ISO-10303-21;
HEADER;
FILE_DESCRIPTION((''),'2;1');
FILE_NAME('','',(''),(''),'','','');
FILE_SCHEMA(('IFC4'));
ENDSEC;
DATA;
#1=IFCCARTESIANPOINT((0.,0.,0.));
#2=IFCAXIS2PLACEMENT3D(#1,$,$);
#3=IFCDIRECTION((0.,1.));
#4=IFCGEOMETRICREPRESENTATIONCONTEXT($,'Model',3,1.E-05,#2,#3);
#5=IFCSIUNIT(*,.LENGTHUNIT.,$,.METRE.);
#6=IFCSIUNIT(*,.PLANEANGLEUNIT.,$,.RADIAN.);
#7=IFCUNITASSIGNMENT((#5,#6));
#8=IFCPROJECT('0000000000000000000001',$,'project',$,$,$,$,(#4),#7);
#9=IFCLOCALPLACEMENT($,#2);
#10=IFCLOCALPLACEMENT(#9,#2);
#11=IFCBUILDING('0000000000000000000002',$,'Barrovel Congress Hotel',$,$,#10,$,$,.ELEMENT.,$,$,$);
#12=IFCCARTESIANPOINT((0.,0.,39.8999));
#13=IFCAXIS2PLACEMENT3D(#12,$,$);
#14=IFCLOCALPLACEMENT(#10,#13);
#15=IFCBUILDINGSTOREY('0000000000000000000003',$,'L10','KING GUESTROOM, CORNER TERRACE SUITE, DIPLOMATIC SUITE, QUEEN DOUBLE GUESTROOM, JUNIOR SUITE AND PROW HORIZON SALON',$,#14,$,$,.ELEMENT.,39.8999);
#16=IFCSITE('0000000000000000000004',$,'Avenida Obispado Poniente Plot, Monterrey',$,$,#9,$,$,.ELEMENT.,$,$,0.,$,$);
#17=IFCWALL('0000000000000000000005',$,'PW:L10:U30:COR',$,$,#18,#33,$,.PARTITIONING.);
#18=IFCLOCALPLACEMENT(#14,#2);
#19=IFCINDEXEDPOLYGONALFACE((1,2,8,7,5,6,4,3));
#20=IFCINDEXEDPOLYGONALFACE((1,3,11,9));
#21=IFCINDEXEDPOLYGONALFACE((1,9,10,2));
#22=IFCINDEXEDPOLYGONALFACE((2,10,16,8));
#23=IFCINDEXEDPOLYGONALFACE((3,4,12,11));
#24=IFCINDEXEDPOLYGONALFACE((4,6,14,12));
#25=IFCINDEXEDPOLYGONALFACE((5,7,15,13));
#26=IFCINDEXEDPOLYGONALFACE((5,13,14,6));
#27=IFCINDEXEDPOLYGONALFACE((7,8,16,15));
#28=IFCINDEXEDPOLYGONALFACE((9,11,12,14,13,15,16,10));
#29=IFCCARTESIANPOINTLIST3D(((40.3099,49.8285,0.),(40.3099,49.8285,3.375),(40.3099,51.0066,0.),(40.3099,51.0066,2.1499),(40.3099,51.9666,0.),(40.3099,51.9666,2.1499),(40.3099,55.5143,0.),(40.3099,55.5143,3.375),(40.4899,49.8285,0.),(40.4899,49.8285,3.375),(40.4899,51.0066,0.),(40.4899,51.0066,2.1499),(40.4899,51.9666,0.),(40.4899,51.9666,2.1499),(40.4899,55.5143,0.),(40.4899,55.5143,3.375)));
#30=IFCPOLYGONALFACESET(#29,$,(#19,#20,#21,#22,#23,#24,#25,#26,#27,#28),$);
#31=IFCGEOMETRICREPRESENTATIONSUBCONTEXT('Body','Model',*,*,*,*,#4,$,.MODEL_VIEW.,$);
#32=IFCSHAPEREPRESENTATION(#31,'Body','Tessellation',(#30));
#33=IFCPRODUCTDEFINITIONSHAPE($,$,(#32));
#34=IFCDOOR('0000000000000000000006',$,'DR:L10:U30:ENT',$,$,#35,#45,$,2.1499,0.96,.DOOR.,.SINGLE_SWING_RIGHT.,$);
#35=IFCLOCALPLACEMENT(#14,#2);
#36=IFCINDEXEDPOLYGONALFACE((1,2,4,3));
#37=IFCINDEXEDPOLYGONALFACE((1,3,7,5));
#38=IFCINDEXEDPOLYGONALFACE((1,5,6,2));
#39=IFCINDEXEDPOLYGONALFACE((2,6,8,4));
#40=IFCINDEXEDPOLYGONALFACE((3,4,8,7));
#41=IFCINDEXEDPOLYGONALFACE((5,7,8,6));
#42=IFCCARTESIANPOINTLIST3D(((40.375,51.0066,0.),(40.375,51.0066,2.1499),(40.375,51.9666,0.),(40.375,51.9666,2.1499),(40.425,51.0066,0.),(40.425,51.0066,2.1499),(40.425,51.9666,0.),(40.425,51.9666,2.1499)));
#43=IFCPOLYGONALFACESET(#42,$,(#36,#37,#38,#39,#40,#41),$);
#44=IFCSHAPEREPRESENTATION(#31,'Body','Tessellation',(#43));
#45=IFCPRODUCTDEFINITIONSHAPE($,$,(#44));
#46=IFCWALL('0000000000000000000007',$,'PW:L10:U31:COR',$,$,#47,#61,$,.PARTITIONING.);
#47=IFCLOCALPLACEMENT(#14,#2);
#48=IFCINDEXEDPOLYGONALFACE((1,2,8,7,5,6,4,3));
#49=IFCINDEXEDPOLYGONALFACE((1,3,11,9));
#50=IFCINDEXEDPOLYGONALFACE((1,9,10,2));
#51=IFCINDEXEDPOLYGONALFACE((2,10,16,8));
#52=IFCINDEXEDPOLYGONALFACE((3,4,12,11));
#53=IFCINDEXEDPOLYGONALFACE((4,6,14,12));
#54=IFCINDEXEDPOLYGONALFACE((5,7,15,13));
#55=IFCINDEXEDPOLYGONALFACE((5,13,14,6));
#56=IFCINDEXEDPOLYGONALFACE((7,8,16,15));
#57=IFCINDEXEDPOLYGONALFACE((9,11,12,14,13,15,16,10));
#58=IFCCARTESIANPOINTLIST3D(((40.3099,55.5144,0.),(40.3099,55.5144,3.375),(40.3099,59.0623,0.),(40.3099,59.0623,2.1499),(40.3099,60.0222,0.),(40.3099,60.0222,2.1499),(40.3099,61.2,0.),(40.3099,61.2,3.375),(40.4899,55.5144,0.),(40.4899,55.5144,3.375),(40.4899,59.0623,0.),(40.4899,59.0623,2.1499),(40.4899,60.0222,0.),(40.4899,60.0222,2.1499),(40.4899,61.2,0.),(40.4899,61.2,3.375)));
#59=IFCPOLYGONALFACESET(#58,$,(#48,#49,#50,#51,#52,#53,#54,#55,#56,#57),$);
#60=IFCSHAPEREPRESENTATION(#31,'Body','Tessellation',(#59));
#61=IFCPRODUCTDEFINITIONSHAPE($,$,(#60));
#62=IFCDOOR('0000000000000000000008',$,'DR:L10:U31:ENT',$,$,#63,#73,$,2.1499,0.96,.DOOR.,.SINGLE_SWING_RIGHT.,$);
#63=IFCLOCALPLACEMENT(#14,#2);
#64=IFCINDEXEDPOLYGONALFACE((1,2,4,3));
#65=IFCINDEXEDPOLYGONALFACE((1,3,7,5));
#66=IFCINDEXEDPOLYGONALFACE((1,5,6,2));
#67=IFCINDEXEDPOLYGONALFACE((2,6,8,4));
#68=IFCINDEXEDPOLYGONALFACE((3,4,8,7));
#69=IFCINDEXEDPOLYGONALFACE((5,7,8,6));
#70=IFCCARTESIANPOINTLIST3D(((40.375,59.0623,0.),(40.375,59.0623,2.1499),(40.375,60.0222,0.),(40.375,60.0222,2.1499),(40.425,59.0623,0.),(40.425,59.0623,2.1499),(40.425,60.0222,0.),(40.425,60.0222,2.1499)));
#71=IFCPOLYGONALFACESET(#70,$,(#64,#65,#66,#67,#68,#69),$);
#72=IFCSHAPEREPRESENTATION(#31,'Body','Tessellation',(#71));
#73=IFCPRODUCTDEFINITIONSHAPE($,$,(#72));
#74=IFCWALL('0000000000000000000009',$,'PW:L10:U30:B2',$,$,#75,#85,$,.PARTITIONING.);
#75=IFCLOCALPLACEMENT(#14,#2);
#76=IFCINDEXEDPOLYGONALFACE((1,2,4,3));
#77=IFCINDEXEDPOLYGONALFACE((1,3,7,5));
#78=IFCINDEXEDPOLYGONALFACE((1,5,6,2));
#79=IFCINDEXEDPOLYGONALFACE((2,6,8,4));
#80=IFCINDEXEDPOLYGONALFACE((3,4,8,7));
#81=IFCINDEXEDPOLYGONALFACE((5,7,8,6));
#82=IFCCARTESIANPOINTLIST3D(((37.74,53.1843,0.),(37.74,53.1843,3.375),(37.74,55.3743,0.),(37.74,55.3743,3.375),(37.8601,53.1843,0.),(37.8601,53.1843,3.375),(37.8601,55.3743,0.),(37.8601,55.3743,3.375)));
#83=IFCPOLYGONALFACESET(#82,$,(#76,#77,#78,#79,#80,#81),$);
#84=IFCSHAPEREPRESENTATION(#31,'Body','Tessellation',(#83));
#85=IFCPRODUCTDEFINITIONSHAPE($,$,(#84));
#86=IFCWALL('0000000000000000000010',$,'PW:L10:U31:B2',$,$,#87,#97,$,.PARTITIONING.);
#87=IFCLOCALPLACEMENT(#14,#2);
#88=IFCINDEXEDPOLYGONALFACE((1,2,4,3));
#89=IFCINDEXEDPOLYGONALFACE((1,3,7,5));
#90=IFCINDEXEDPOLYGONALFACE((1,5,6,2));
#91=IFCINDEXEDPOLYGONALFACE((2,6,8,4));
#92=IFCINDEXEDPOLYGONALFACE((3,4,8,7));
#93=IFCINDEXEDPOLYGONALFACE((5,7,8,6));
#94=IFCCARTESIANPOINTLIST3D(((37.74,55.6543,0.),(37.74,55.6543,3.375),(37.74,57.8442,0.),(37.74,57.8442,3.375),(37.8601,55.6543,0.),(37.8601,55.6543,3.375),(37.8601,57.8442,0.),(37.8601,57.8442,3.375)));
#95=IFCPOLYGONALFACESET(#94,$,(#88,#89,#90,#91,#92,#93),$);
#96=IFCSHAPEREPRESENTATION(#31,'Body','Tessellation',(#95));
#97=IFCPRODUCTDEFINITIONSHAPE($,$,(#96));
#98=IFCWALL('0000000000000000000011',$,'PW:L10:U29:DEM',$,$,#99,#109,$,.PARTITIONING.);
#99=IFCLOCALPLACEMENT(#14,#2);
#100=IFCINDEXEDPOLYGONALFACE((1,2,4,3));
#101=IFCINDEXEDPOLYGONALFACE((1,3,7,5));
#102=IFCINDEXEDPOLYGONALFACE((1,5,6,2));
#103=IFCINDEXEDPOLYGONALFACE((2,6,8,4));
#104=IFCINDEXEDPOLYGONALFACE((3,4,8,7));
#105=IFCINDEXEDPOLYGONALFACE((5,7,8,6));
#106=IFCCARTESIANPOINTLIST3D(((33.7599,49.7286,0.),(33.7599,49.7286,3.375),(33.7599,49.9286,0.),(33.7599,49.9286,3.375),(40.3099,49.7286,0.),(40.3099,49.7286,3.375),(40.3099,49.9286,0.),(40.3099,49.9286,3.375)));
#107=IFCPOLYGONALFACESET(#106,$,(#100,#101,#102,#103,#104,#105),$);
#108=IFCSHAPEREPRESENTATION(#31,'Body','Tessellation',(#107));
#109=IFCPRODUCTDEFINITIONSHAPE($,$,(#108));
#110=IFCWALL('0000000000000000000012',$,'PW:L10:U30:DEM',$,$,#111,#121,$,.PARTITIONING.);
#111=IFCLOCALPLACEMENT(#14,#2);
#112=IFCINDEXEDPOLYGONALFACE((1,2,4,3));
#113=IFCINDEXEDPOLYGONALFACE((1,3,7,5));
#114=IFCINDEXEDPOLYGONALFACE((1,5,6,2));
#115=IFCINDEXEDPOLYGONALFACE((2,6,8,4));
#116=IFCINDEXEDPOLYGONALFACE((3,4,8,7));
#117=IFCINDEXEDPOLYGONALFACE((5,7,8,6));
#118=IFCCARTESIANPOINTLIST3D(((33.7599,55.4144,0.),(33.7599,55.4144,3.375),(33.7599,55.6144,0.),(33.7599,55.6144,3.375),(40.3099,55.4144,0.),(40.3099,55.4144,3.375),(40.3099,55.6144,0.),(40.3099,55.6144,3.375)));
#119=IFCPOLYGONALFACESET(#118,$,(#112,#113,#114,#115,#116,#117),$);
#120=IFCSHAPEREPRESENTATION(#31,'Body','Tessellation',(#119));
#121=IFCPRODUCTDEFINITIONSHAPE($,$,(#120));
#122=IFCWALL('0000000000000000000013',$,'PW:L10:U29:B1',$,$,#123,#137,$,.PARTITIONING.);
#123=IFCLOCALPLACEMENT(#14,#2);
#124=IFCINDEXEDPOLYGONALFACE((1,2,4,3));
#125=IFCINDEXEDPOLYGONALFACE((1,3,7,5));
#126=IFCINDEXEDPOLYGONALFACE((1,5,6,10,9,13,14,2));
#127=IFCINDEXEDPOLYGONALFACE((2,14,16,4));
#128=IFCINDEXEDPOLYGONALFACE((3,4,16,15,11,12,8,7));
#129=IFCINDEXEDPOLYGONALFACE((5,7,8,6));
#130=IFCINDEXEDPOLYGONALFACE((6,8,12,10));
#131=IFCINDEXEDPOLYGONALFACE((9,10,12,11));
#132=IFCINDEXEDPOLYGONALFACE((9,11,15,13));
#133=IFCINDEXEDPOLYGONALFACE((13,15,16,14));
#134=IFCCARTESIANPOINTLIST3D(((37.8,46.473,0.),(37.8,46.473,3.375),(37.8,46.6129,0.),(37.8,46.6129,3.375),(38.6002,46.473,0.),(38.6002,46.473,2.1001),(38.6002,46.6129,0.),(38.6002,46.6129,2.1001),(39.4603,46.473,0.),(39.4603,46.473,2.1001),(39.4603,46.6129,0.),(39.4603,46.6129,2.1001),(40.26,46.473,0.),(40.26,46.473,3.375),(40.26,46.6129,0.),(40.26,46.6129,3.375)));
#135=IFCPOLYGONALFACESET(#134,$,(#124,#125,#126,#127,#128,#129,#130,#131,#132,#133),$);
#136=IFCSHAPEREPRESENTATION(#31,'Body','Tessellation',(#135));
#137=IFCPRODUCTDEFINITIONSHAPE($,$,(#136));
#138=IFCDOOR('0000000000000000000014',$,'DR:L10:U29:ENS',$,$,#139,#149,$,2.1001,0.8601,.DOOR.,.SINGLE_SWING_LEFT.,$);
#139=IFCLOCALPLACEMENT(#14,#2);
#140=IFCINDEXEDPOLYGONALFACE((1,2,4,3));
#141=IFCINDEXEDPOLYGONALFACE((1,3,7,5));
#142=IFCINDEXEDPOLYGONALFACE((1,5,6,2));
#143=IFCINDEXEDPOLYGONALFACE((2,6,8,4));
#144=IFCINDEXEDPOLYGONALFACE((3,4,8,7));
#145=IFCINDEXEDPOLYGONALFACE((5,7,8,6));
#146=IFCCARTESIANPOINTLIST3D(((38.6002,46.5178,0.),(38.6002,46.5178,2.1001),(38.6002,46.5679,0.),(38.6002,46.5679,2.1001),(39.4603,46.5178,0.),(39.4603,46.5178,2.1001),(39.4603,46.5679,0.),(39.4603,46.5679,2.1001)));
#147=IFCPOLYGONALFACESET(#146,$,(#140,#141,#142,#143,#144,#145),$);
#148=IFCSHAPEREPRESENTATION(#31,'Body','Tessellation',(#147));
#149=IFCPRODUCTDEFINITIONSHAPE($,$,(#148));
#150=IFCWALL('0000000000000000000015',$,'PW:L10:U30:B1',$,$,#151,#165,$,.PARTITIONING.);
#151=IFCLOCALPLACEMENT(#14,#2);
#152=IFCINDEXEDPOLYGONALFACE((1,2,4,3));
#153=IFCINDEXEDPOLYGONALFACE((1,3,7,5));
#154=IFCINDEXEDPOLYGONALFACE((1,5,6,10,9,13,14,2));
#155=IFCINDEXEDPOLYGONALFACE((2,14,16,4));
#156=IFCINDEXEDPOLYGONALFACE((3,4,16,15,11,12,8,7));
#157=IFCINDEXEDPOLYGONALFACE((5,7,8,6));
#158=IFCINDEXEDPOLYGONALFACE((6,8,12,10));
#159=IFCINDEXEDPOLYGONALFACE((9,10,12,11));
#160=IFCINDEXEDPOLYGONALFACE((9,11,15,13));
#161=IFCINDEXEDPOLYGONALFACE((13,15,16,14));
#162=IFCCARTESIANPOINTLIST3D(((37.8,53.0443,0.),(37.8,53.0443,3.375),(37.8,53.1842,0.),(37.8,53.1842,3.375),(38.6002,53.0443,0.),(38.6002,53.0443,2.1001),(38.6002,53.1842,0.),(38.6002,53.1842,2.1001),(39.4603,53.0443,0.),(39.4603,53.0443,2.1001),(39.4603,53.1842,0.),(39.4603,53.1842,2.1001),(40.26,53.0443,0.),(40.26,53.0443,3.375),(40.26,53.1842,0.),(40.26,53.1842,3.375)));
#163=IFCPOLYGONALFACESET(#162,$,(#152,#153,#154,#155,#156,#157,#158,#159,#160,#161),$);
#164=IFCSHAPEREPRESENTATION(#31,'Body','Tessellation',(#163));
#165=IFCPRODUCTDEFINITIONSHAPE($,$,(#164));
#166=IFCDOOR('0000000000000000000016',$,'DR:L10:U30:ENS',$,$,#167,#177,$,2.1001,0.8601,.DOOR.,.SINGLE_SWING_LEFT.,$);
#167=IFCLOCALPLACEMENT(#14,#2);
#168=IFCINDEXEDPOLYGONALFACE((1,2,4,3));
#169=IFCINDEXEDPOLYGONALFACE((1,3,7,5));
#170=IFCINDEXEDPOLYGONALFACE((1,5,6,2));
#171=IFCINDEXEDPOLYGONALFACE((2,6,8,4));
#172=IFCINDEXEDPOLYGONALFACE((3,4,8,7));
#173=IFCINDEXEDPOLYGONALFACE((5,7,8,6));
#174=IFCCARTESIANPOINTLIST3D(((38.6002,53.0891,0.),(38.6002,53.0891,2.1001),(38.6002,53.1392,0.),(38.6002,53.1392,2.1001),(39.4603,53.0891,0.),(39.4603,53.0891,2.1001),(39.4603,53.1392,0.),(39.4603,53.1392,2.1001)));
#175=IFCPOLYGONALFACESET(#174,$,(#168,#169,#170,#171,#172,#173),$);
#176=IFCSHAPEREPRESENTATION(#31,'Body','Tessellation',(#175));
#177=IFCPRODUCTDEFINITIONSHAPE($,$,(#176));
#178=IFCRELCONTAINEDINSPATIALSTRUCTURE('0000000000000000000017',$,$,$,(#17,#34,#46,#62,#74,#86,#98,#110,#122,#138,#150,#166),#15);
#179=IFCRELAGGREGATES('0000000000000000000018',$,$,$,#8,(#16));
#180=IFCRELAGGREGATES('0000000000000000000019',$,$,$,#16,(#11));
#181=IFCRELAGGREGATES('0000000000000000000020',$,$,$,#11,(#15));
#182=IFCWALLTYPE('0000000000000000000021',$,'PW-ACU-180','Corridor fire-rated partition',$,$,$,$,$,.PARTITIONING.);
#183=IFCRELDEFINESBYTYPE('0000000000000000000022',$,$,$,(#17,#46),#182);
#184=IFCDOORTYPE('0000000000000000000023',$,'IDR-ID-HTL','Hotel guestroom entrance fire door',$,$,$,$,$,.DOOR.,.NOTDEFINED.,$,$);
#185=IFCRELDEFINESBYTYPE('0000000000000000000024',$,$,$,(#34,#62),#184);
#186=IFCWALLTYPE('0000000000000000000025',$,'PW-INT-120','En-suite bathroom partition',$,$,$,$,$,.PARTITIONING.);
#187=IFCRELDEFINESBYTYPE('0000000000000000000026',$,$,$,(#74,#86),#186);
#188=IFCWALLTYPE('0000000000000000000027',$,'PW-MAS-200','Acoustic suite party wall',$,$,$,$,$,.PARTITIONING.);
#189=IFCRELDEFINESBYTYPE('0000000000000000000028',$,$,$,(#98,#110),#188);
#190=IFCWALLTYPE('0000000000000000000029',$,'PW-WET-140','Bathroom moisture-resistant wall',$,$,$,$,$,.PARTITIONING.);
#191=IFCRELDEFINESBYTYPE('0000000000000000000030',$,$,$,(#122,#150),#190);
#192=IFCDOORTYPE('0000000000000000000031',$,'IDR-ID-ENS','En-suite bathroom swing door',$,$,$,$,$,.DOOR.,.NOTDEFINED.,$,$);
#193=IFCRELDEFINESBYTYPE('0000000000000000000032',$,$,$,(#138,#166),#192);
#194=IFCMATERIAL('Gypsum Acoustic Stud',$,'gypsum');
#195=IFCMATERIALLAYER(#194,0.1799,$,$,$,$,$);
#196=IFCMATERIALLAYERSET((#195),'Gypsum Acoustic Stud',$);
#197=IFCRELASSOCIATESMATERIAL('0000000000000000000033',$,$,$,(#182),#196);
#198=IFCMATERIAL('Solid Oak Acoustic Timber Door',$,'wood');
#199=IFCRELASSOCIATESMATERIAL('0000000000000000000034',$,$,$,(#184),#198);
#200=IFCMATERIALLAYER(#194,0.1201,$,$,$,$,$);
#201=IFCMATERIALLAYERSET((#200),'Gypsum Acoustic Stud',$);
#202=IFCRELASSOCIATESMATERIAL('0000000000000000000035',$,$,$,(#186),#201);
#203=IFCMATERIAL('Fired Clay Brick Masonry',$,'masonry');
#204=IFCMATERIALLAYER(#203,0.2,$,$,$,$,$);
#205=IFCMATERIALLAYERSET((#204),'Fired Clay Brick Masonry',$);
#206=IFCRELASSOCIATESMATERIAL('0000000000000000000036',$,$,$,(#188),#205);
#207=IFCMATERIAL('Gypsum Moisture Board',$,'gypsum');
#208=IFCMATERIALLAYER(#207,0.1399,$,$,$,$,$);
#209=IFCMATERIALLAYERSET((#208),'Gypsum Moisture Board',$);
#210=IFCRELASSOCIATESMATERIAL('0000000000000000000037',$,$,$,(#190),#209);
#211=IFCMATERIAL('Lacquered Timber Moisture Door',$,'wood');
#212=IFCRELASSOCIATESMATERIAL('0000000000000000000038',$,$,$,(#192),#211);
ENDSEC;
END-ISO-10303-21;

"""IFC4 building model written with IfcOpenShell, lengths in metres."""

from ifc_helpers import new_model, si_unit, direction, frame, frame_2d, origin, place, context, subcontext, project, spatial, rectangle, extrude, material, layer, layer_set, type_object, element, fill, save


model = new_model("IFC4")

# Units and contexts
model_context = context("Model", 3, precision=1e-05, world=origin(), true_north=direction((0.0, 1.0)))
body_context = subcontext(model_context, "Body", "Model", "MODEL_VIEW")
ifc_project = project(units=[si_unit("LENGTHUNIT", "METRE"), si_unit("PLANEANGLEUNIT", "RADIAN")], contexts=[model_context])

# Site, building, storey
site_placement = place(None, origin())
site = spatial("IfcSite", under=ifc_project, at=site_placement, Name="Avenida Obispado Poniente Plot, Monterrey", CompositionType="ELEMENT", RefElevation=0.0)
building_placement = place(site_placement, origin())
building = spatial("IfcBuilding", under=site, at=building_placement, Name="Barrovel Congress Hotel", CompositionType="ELEMENT")
storey_placement = place(building_placement, frame((0.0, 0.0, 39.8999)))
storey = spatial("IfcBuildingStorey", under=building, at=storey_placement, Name="L10", Description="KING GUESTROOM, CORNER TERRACE SUITE, DIPLOMATIC SUITE, QUEEN DOUBLE GUESTROOM, JUNIOR SUITE AND PROW HORIZON SALON", CompositionType="ELEMENT", Elevation=39.8999)

# Shared definitions
ifc_material_1 = material(Name="Fired Clay Brick Masonry", Category="masonry")

# Walls, openings, doors
ifc_material_2 = material(Name="Gypsum Acoustic Stud", Category="gypsum")
ifc_layer_1 = layer(ifc_material_2, 0.1799)
ifc_layer_set_1 = layer_set([ifc_layer_1], Name="Gypsum Acoustic Stud")
wall_type_1 = type_object("IfcWallType", Name="PW-ACU-180", Description="Corridor fire-rated partition", PredefinedType="PARTITIONING", material=ifc_layer_set_1)
wall_1_placement = place(storey_placement, frame((40.3999, 49.8286, 0.0), z_axis=(0.0, 0.0, 1.0), x_axis=(0.0, 1.0, 0.0)))
wall_1 = element("IfcWall", 1, at=wall_1_placement, inside=storey, type_object=wall_type_1, Name="PW:L10:U30:COR", PredefinedType="PARTITIONING", context=body_context, shape_type="SweptSolid", body=[
    extrude(rectangle(XDim=5.6858, YDim=0.1799, at=frame_2d((2.8428, 0.0))), origin(), (0.0, 0.0, 1.0), 3.375),
])
opening_1_placement = place(wall_1_placement, frame((1.178, 0.0, 0.0)))
opening_1 = element("IfcOpeningElement", 2, at=opening_1_placement, cuts=wall_1, PredefinedType="OPENING", context=body_context, shape_type="SweptSolid", body=[
    extrude(rectangle(XDim=0.96, YDim=2.1499, at=frame_2d((0.48, 1.075))), frame((0.0, 0.1001, 0.0), z_axis=(0.0, -1.0, 0.0), x_axis=(1.0, 0.0, 0.0)), (0.0, 0.0, 1.0), 0.2),
])
ifc_material_3 = material(Name="Solid Oak Acoustic Timber Door", Category="wood")
door_type_1 = type_object("IfcDoorType", Name="IDR-ID-HTL", Description="Hotel guestroom entrance fire door", OperationType="NOTDEFINED", PredefinedType="DOOR", material=ifc_material_3)
door_1_placement = place(opening_1_placement, origin())
door_1 = element("IfcDoor", 3, at=door_1_placement, inside=storey, type_object=door_type_1, Name="DR:L10:U30:ENT", OperationType="SINGLE_SWING_RIGHT", OverallHeight=2.1499, OverallWidth=0.96, PredefinedType="DOOR", context=body_context, shape_type="SweptSolid", body=[
    extrude(rectangle(XDim=0.96, YDim=2.1499, at=frame_2d((0.48, 1.075))), frame((0.0, 0.0249, 0.0), z_axis=(0.0, -1.0, 0.0), x_axis=(1.0, 0.0, 0.0)), (0.0, 0.0, 1.0), 0.05),
])
fill(opening_1, door_1)
wall_2_placement = place(storey_placement, frame((40.3999, 55.5144, 0.0), z_axis=(0.0, 0.0, 1.0), x_axis=(0.0, 1.0, 0.0)))
wall_2 = element("IfcWall", 4, at=wall_2_placement, inside=storey, type_object=wall_type_1, Name="PW:L10:U31:COR", PredefinedType="PARTITIONING", context=body_context, shape_type="SweptSolid", body=[
    extrude(rectangle(XDim=5.6855, YDim=0.1799, at=frame_2d((2.8428, 0.0))), origin(), (0.0, 0.0, 1.0), 3.375),
])
opening_2_placement = place(wall_2_placement, frame((3.5479, 0.0, 0.0)))
opening_2 = element("IfcOpeningElement", 5, at=opening_2_placement, cuts=wall_2, PredefinedType="OPENING", context=body_context, shape_type="SweptSolid", body=[
    extrude(rectangle(XDim=0.96, YDim=2.1499, at=frame_2d((0.48, 1.075))), frame((0.0, 0.1001, 0.0), z_axis=(0.0, -1.0, 0.0), x_axis=(1.0, 0.0, 0.0)), (0.0, 0.0, 1.0), 0.2),
])
door_2_placement = place(opening_2_placement, origin())
door_2 = element("IfcDoor", 6, at=door_2_placement, inside=storey, type_object=door_type_1, Name="DR:L10:U31:ENT", OperationType="SINGLE_SWING_RIGHT", OverallHeight=2.1499, OverallWidth=0.96, PredefinedType="DOOR", context=body_context, shape_type="SweptSolid", body=[
    extrude(rectangle(XDim=0.96, YDim=2.1499, at=frame_2d((0.48, 1.075))), frame((0.0, 0.0249, 0.0), z_axis=(0.0, -1.0, 0.0), x_axis=(1.0, 0.0, 0.0)), (0.0, 0.0, 1.0), 0.05),
])
fill(opening_2, door_2)

# Walls
ifc_layer_2 = layer(ifc_material_2, 0.1201)
ifc_layer_set_2 = layer_set([ifc_layer_2], Name="Gypsum Acoustic Stud")
wall_type_2 = type_object("IfcWallType", Name="PW-INT-120", Description="En-suite bathroom partition", PredefinedType="PARTITIONING", material=ifc_layer_set_2)
for number, where, z_axis, x_axis, name in (
    (7, (37.8, 53.1843, 0.0), (0.0, 0.0, 1.0), (0.0, 1.0, 0.0), "PW:L10:U30:B2"),
    (8, (37.8, 55.6543, 0.0), (0.0, 0.0, 1.0), (0.0, 1.0, 0.0), "PW:L10:U31:B2"),
):
    element("IfcWall", number, at=place(storey_placement, frame(where, z_axis=z_axis, x_axis=x_axis)), inside=storey, type_object=wall_type_2, Name=name, PredefinedType="PARTITIONING", context=body_context, shape_type="SweptSolid", body=[
        extrude(rectangle(XDim=2.1899, YDim=0.1201, at=frame_2d((1.095, 0.0))), origin(), (0.0, 0.0, 1.0), 3.375),
    ])
ifc_layer_3 = layer(ifc_material_1, 0.2)
ifc_layer_set_3 = layer_set([ifc_layer_3], Name="Fired Clay Brick Masonry")
wall_type_3 = type_object("IfcWallType", Name="PW-MAS-200", Description="Acoustic suite party wall", PredefinedType="PARTITIONING", material=ifc_layer_set_3)
for number, where, z_axis, x_axis, name in (
    (9, (33.76, 49.8286, 0.0), (0.0, 0.0, 1.0), (1.0, 0.0, 0.0), "PW:L10:U29:DEM"),
    (10, (33.76, 55.5144, 0.0), (0.0, 0.0, 1.0), (1.0, 0.0, 0.0), "PW:L10:U30:DEM"),
):
    element("IfcWall", number, at=place(storey_placement, frame(where, z_axis=z_axis, x_axis=x_axis)), inside=storey, type_object=wall_type_3, Name=name, PredefinedType="PARTITIONING", context=body_context, shape_type="SweptSolid", body=[
        extrude(rectangle(XDim=6.55, YDim=0.2, at=frame_2d((3.2749, 0.0))), origin(), (0.0, 0.0, 1.0), 3.375),
    ])

# Walls, openings, doors
ifc_material_4 = material(Name="Gypsum Moisture Board", Category="gypsum")
ifc_layer_4 = layer(ifc_material_4, 0.1399)
ifc_layer_set_4 = layer_set([ifc_layer_4], Name="Gypsum Moisture Board")
wall_type_4 = type_object("IfcWallType", Name="PW-WET-140", Description="Bathroom moisture-resistant wall", PredefinedType="PARTITIONING", material=ifc_layer_set_4)
wall_3_placement = place(storey_placement, frame((37.8, 46.543, 0.0), z_axis=(0.0, 0.0, 1.0), x_axis=(1.0, 0.0, 0.0)))
wall_3 = element("IfcWall", 11, at=wall_3_placement, inside=storey, type_object=wall_type_4, Name="PW:L10:U29:B1", PredefinedType="PARTITIONING", context=body_context, shape_type="SweptSolid", body=[
    extrude(rectangle(XDim=2.46, YDim=0.1399, at=frame_2d((1.23, 0.0))), origin(), (0.0, 0.0, 1.0), 3.375),
])
opening_3_placement = place(wall_3_placement, frame((0.8, 0.0, 0.0)))
opening_3 = element("IfcOpeningElement", 12, at=opening_3_placement, cuts=wall_3, PredefinedType="OPENING", context=body_context, shape_type="SweptSolid", body=[
    extrude(rectangle(XDim=0.8601, YDim=2.1001, at=frame_2d((0.4302, 1.05))), frame((0.0, 0.0801, 0.0), z_axis=(0.0, -1.0, 0.0), x_axis=(1.0, 0.0, 0.0)), (0.0, 0.0, 1.0), 0.1599),
])
ifc_material_5 = material(Name="Lacquered Timber Moisture Door", Category="wood")
door_type_2 = type_object("IfcDoorType", Name="IDR-ID-ENS", Description="En-suite bathroom swing door", OperationType="NOTDEFINED", PredefinedType="DOOR", material=ifc_material_5)
door_3_placement = place(opening_3_placement, origin())
door_3 = element("IfcDoor", 13, at=door_3_placement, inside=storey, type_object=door_type_2, Name="DR:L10:U29:ENS", OperationType="SINGLE_SWING_LEFT", OverallHeight=2.1001, OverallWidth=0.8601, PredefinedType="DOOR", context=body_context, shape_type="SweptSolid", body=[
    extrude(rectangle(XDim=0.8601, YDim=2.1001, at=frame_2d((0.4302, 1.05))), frame((0.0, 0.0249, 0.0), z_axis=(0.0, -1.0, 0.0), x_axis=(1.0, 0.0, 0.0)), (0.0, 0.0, 1.0), 0.05),
])
fill(opening_3, door_3)
wall_4_placement = place(storey_placement, frame((37.8, 53.1143, 0.0), z_axis=(0.0, 0.0, 1.0), x_axis=(1.0, 0.0, 0.0)))
wall_4 = element("IfcWall", 14, at=wall_4_placement, inside=storey, type_object=wall_type_4, Name="PW:L10:U30:B1", PredefinedType="PARTITIONING", context=body_context, shape_type="SweptSolid", body=[
    extrude(rectangle(XDim=2.46, YDim=0.1399, at=frame_2d((1.23, 0.0))), origin(), (0.0, 0.0, 1.0), 3.375),
])
opening_4_placement = place(wall_4_placement, frame((0.8, 0.0, 0.0)))
opening_4 = element("IfcOpeningElement", 15, at=opening_4_placement, cuts=wall_4, PredefinedType="OPENING", context=body_context, shape_type="SweptSolid", body=[
    extrude(rectangle(XDim=0.8601, YDim=2.1001, at=frame_2d((0.4302, 1.05))), frame((0.0, 0.0801, 0.0), z_axis=(0.0, -1.0, 0.0), x_axis=(1.0, 0.0, 0.0)), (0.0, 0.0, 1.0), 0.1599),
])
door_4_placement = place(opening_4_placement, origin())
door_4 = element("IfcDoor", 16, at=door_4_placement, inside=storey, type_object=door_type_2, Name="DR:L10:U30:ENS", OperationType="SINGLE_SWING_LEFT", OverallHeight=2.1001, OverallWidth=0.8601, PredefinedType="DOOR", context=body_context, shape_type="SweptSolid", body=[
    extrude(rectangle(XDim=0.8601, YDim=2.1001, at=frame_2d((0.4302, 1.05))), frame((0.0, 0.0249, 0.0), z_axis=(0.0, -1.0, 0.0), x_axis=(1.0, 0.0, 0.0)), (0.0, 0.0, 1.0), 0.05),
])
fill(opening_4, door_4)

save(model, "model.ifc")
